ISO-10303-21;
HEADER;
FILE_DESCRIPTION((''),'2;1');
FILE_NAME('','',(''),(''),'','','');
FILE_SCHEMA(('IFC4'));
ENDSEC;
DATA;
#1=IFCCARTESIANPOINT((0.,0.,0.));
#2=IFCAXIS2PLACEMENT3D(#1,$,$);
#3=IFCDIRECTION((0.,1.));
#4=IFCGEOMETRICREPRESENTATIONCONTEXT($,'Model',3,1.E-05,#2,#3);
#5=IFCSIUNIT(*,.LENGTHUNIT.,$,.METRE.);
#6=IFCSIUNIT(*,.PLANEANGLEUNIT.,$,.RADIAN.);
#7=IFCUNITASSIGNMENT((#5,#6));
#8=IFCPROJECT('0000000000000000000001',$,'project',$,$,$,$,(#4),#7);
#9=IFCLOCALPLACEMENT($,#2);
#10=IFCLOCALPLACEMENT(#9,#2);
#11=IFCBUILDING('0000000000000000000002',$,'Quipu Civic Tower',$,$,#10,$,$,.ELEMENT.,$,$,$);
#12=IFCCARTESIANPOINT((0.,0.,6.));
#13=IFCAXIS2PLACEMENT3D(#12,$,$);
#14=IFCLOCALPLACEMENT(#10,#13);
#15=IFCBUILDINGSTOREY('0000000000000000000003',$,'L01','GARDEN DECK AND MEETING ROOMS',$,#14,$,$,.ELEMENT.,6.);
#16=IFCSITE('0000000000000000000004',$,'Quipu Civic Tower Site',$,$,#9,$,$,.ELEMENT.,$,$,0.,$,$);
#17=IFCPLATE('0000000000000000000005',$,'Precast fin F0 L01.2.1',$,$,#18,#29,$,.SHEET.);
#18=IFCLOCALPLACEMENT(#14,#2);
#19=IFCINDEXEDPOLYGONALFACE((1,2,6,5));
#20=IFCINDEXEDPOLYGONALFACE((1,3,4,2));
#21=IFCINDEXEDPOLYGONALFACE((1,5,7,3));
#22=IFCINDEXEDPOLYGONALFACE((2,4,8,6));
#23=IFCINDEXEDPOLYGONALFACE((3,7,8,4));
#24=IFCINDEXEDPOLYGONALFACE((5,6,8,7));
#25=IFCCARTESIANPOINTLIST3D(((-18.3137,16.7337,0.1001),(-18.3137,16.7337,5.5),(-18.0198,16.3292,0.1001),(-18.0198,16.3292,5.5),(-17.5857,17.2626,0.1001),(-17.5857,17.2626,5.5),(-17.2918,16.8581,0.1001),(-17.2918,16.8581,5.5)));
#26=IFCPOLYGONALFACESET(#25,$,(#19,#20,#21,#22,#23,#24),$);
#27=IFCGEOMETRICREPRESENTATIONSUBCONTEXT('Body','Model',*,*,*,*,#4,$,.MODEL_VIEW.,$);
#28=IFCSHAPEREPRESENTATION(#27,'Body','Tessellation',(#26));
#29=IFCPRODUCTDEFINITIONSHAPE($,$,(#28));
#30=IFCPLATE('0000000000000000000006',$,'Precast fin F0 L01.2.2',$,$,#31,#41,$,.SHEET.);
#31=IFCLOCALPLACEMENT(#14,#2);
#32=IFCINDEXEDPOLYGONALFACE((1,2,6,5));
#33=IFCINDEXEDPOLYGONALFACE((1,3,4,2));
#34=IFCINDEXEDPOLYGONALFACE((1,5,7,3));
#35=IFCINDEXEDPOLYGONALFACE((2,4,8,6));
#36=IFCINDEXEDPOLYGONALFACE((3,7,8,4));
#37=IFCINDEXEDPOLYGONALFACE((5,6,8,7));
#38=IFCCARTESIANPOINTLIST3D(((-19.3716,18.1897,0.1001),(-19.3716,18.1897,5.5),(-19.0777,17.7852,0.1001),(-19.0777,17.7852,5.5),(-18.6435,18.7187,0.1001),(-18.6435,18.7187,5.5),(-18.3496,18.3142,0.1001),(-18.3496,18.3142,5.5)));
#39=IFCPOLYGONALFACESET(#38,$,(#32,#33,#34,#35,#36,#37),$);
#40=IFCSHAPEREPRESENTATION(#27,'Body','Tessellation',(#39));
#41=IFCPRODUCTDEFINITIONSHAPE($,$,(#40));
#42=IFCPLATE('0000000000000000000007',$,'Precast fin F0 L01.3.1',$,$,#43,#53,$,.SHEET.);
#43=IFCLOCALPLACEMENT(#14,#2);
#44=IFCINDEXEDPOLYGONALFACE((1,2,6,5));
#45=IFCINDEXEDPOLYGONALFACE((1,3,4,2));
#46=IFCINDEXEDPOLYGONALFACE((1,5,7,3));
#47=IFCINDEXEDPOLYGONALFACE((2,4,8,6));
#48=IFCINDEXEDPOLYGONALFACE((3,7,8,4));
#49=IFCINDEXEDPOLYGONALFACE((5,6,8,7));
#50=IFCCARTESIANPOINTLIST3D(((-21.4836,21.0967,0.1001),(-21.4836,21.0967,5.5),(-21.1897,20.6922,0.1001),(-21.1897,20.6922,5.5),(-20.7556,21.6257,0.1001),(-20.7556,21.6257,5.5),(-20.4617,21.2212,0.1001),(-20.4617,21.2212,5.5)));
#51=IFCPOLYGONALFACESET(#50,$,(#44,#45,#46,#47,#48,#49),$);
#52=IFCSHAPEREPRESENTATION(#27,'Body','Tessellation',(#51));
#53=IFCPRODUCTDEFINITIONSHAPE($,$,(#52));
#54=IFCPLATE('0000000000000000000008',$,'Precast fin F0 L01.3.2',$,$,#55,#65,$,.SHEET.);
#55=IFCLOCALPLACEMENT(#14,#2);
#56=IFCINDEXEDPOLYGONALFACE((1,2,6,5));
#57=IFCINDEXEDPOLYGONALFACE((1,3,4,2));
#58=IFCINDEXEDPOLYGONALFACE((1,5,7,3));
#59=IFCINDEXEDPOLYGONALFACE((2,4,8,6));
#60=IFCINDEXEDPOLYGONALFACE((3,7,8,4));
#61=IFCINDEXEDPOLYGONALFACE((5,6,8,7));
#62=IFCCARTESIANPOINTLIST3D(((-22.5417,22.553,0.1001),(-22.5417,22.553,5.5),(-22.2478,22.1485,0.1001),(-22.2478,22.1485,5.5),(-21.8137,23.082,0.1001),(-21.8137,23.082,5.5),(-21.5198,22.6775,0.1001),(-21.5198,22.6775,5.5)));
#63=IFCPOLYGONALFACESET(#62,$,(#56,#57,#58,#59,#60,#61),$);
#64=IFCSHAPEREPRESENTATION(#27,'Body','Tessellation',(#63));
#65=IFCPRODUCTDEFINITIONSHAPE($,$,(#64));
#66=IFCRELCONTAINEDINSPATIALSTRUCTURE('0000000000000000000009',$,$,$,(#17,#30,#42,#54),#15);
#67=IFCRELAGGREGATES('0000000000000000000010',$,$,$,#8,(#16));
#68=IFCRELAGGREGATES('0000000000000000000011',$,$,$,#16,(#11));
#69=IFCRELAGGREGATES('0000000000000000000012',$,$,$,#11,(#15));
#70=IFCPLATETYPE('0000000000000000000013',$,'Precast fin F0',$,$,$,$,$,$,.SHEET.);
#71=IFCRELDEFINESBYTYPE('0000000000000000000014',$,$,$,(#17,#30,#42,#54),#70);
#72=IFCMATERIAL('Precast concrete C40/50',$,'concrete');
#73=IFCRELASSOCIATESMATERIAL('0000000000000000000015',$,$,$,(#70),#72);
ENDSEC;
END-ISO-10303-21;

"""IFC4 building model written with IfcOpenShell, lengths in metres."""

from ifc_helpers import new_model, si_unit, direction, frame, origin, origin_2d, place, context, subcontext, project, spatial, rectangle, extrude, material, type_object, element, save


model = new_model("IFC4")

# Units and contexts
model_context = context("Model", 3, precision=1e-05, world=origin(), true_north=direction((0.0, 1.0)))
body_context = subcontext(model_context, "Body", "Model", "MODEL_VIEW")
ifc_project = project(units=[si_unit("LENGTHUNIT", "METRE"), si_unit("PLANEANGLEUNIT", "RADIAN")], contexts=[model_context])

# Site, building, storey
site_placement = place(None, origin())
site = spatial("IfcSite", under=ifc_project, at=site_placement, Name="Quipu Civic Tower Site", CompositionType="ELEMENT", RefElevation=0.0)
building_placement = place(site_placement, origin())
building = spatial("IfcBuilding", under=site, at=building_placement, Name="Quipu Civic Tower", CompositionType="ELEMENT")
storey_placement = place(building_placement, frame((0.0, 0.0, 6.0)))
storey = spatial("IfcBuildingStorey", under=building, at=storey_placement, Name="L01", Description="GARDEN DECK AND MEETING ROOMS", CompositionType="ELEMENT", Elevation=6.0)

# Plates
ifc_material_1 = material(Name="Precast concrete C40/50", Category="concrete")
plate_type_1 = type_object("IfcPlateType", Name="Precast fin F0", PredefinedType="SHEET", material=ifc_material_1)
for number, where, z_axis, x_axis, name in (
    (1, (-17.8027, 16.7959, 0.1001), (0.0, 0.0, 1.0), (-0.587785, 0.809017, 0.0), "Precast fin F0 L01.2.1"),
    (2, (-18.8606, 18.252, 0.1001), (0.0, 0.0, 1.0), (-0.587785, 0.809017, 0.0), "Precast fin F0 L01.2.2"),
    (3, (-20.9727, 21.1589, 0.1001), (0.0, 0.0, 1.0), (-0.587785, 0.809017, 0.0), "Precast fin F0 L01.3.1"),
    (4, (-22.0308, 22.6152, 0.1001), (0.0, 0.0, 1.0), (-0.587785, 0.809017, 0.0), "Precast fin F0 L01.3.2"),
):
    element("IfcPlate", number, at=place(storey_placement, frame(where, z_axis=z_axis, x_axis=x_axis)), inside=storey, type_object=plate_type_1, Name=name, PredefinedType="SHEET", context=body_context, shape_type="SweptSolid", body=[
        extrude(rectangle(XDim=0.5, YDim=0.8999, at=origin_2d()), origin(), (0.0, 0.0, 1.0), 5.3999),
    ])

save(model, "model.ifc")
